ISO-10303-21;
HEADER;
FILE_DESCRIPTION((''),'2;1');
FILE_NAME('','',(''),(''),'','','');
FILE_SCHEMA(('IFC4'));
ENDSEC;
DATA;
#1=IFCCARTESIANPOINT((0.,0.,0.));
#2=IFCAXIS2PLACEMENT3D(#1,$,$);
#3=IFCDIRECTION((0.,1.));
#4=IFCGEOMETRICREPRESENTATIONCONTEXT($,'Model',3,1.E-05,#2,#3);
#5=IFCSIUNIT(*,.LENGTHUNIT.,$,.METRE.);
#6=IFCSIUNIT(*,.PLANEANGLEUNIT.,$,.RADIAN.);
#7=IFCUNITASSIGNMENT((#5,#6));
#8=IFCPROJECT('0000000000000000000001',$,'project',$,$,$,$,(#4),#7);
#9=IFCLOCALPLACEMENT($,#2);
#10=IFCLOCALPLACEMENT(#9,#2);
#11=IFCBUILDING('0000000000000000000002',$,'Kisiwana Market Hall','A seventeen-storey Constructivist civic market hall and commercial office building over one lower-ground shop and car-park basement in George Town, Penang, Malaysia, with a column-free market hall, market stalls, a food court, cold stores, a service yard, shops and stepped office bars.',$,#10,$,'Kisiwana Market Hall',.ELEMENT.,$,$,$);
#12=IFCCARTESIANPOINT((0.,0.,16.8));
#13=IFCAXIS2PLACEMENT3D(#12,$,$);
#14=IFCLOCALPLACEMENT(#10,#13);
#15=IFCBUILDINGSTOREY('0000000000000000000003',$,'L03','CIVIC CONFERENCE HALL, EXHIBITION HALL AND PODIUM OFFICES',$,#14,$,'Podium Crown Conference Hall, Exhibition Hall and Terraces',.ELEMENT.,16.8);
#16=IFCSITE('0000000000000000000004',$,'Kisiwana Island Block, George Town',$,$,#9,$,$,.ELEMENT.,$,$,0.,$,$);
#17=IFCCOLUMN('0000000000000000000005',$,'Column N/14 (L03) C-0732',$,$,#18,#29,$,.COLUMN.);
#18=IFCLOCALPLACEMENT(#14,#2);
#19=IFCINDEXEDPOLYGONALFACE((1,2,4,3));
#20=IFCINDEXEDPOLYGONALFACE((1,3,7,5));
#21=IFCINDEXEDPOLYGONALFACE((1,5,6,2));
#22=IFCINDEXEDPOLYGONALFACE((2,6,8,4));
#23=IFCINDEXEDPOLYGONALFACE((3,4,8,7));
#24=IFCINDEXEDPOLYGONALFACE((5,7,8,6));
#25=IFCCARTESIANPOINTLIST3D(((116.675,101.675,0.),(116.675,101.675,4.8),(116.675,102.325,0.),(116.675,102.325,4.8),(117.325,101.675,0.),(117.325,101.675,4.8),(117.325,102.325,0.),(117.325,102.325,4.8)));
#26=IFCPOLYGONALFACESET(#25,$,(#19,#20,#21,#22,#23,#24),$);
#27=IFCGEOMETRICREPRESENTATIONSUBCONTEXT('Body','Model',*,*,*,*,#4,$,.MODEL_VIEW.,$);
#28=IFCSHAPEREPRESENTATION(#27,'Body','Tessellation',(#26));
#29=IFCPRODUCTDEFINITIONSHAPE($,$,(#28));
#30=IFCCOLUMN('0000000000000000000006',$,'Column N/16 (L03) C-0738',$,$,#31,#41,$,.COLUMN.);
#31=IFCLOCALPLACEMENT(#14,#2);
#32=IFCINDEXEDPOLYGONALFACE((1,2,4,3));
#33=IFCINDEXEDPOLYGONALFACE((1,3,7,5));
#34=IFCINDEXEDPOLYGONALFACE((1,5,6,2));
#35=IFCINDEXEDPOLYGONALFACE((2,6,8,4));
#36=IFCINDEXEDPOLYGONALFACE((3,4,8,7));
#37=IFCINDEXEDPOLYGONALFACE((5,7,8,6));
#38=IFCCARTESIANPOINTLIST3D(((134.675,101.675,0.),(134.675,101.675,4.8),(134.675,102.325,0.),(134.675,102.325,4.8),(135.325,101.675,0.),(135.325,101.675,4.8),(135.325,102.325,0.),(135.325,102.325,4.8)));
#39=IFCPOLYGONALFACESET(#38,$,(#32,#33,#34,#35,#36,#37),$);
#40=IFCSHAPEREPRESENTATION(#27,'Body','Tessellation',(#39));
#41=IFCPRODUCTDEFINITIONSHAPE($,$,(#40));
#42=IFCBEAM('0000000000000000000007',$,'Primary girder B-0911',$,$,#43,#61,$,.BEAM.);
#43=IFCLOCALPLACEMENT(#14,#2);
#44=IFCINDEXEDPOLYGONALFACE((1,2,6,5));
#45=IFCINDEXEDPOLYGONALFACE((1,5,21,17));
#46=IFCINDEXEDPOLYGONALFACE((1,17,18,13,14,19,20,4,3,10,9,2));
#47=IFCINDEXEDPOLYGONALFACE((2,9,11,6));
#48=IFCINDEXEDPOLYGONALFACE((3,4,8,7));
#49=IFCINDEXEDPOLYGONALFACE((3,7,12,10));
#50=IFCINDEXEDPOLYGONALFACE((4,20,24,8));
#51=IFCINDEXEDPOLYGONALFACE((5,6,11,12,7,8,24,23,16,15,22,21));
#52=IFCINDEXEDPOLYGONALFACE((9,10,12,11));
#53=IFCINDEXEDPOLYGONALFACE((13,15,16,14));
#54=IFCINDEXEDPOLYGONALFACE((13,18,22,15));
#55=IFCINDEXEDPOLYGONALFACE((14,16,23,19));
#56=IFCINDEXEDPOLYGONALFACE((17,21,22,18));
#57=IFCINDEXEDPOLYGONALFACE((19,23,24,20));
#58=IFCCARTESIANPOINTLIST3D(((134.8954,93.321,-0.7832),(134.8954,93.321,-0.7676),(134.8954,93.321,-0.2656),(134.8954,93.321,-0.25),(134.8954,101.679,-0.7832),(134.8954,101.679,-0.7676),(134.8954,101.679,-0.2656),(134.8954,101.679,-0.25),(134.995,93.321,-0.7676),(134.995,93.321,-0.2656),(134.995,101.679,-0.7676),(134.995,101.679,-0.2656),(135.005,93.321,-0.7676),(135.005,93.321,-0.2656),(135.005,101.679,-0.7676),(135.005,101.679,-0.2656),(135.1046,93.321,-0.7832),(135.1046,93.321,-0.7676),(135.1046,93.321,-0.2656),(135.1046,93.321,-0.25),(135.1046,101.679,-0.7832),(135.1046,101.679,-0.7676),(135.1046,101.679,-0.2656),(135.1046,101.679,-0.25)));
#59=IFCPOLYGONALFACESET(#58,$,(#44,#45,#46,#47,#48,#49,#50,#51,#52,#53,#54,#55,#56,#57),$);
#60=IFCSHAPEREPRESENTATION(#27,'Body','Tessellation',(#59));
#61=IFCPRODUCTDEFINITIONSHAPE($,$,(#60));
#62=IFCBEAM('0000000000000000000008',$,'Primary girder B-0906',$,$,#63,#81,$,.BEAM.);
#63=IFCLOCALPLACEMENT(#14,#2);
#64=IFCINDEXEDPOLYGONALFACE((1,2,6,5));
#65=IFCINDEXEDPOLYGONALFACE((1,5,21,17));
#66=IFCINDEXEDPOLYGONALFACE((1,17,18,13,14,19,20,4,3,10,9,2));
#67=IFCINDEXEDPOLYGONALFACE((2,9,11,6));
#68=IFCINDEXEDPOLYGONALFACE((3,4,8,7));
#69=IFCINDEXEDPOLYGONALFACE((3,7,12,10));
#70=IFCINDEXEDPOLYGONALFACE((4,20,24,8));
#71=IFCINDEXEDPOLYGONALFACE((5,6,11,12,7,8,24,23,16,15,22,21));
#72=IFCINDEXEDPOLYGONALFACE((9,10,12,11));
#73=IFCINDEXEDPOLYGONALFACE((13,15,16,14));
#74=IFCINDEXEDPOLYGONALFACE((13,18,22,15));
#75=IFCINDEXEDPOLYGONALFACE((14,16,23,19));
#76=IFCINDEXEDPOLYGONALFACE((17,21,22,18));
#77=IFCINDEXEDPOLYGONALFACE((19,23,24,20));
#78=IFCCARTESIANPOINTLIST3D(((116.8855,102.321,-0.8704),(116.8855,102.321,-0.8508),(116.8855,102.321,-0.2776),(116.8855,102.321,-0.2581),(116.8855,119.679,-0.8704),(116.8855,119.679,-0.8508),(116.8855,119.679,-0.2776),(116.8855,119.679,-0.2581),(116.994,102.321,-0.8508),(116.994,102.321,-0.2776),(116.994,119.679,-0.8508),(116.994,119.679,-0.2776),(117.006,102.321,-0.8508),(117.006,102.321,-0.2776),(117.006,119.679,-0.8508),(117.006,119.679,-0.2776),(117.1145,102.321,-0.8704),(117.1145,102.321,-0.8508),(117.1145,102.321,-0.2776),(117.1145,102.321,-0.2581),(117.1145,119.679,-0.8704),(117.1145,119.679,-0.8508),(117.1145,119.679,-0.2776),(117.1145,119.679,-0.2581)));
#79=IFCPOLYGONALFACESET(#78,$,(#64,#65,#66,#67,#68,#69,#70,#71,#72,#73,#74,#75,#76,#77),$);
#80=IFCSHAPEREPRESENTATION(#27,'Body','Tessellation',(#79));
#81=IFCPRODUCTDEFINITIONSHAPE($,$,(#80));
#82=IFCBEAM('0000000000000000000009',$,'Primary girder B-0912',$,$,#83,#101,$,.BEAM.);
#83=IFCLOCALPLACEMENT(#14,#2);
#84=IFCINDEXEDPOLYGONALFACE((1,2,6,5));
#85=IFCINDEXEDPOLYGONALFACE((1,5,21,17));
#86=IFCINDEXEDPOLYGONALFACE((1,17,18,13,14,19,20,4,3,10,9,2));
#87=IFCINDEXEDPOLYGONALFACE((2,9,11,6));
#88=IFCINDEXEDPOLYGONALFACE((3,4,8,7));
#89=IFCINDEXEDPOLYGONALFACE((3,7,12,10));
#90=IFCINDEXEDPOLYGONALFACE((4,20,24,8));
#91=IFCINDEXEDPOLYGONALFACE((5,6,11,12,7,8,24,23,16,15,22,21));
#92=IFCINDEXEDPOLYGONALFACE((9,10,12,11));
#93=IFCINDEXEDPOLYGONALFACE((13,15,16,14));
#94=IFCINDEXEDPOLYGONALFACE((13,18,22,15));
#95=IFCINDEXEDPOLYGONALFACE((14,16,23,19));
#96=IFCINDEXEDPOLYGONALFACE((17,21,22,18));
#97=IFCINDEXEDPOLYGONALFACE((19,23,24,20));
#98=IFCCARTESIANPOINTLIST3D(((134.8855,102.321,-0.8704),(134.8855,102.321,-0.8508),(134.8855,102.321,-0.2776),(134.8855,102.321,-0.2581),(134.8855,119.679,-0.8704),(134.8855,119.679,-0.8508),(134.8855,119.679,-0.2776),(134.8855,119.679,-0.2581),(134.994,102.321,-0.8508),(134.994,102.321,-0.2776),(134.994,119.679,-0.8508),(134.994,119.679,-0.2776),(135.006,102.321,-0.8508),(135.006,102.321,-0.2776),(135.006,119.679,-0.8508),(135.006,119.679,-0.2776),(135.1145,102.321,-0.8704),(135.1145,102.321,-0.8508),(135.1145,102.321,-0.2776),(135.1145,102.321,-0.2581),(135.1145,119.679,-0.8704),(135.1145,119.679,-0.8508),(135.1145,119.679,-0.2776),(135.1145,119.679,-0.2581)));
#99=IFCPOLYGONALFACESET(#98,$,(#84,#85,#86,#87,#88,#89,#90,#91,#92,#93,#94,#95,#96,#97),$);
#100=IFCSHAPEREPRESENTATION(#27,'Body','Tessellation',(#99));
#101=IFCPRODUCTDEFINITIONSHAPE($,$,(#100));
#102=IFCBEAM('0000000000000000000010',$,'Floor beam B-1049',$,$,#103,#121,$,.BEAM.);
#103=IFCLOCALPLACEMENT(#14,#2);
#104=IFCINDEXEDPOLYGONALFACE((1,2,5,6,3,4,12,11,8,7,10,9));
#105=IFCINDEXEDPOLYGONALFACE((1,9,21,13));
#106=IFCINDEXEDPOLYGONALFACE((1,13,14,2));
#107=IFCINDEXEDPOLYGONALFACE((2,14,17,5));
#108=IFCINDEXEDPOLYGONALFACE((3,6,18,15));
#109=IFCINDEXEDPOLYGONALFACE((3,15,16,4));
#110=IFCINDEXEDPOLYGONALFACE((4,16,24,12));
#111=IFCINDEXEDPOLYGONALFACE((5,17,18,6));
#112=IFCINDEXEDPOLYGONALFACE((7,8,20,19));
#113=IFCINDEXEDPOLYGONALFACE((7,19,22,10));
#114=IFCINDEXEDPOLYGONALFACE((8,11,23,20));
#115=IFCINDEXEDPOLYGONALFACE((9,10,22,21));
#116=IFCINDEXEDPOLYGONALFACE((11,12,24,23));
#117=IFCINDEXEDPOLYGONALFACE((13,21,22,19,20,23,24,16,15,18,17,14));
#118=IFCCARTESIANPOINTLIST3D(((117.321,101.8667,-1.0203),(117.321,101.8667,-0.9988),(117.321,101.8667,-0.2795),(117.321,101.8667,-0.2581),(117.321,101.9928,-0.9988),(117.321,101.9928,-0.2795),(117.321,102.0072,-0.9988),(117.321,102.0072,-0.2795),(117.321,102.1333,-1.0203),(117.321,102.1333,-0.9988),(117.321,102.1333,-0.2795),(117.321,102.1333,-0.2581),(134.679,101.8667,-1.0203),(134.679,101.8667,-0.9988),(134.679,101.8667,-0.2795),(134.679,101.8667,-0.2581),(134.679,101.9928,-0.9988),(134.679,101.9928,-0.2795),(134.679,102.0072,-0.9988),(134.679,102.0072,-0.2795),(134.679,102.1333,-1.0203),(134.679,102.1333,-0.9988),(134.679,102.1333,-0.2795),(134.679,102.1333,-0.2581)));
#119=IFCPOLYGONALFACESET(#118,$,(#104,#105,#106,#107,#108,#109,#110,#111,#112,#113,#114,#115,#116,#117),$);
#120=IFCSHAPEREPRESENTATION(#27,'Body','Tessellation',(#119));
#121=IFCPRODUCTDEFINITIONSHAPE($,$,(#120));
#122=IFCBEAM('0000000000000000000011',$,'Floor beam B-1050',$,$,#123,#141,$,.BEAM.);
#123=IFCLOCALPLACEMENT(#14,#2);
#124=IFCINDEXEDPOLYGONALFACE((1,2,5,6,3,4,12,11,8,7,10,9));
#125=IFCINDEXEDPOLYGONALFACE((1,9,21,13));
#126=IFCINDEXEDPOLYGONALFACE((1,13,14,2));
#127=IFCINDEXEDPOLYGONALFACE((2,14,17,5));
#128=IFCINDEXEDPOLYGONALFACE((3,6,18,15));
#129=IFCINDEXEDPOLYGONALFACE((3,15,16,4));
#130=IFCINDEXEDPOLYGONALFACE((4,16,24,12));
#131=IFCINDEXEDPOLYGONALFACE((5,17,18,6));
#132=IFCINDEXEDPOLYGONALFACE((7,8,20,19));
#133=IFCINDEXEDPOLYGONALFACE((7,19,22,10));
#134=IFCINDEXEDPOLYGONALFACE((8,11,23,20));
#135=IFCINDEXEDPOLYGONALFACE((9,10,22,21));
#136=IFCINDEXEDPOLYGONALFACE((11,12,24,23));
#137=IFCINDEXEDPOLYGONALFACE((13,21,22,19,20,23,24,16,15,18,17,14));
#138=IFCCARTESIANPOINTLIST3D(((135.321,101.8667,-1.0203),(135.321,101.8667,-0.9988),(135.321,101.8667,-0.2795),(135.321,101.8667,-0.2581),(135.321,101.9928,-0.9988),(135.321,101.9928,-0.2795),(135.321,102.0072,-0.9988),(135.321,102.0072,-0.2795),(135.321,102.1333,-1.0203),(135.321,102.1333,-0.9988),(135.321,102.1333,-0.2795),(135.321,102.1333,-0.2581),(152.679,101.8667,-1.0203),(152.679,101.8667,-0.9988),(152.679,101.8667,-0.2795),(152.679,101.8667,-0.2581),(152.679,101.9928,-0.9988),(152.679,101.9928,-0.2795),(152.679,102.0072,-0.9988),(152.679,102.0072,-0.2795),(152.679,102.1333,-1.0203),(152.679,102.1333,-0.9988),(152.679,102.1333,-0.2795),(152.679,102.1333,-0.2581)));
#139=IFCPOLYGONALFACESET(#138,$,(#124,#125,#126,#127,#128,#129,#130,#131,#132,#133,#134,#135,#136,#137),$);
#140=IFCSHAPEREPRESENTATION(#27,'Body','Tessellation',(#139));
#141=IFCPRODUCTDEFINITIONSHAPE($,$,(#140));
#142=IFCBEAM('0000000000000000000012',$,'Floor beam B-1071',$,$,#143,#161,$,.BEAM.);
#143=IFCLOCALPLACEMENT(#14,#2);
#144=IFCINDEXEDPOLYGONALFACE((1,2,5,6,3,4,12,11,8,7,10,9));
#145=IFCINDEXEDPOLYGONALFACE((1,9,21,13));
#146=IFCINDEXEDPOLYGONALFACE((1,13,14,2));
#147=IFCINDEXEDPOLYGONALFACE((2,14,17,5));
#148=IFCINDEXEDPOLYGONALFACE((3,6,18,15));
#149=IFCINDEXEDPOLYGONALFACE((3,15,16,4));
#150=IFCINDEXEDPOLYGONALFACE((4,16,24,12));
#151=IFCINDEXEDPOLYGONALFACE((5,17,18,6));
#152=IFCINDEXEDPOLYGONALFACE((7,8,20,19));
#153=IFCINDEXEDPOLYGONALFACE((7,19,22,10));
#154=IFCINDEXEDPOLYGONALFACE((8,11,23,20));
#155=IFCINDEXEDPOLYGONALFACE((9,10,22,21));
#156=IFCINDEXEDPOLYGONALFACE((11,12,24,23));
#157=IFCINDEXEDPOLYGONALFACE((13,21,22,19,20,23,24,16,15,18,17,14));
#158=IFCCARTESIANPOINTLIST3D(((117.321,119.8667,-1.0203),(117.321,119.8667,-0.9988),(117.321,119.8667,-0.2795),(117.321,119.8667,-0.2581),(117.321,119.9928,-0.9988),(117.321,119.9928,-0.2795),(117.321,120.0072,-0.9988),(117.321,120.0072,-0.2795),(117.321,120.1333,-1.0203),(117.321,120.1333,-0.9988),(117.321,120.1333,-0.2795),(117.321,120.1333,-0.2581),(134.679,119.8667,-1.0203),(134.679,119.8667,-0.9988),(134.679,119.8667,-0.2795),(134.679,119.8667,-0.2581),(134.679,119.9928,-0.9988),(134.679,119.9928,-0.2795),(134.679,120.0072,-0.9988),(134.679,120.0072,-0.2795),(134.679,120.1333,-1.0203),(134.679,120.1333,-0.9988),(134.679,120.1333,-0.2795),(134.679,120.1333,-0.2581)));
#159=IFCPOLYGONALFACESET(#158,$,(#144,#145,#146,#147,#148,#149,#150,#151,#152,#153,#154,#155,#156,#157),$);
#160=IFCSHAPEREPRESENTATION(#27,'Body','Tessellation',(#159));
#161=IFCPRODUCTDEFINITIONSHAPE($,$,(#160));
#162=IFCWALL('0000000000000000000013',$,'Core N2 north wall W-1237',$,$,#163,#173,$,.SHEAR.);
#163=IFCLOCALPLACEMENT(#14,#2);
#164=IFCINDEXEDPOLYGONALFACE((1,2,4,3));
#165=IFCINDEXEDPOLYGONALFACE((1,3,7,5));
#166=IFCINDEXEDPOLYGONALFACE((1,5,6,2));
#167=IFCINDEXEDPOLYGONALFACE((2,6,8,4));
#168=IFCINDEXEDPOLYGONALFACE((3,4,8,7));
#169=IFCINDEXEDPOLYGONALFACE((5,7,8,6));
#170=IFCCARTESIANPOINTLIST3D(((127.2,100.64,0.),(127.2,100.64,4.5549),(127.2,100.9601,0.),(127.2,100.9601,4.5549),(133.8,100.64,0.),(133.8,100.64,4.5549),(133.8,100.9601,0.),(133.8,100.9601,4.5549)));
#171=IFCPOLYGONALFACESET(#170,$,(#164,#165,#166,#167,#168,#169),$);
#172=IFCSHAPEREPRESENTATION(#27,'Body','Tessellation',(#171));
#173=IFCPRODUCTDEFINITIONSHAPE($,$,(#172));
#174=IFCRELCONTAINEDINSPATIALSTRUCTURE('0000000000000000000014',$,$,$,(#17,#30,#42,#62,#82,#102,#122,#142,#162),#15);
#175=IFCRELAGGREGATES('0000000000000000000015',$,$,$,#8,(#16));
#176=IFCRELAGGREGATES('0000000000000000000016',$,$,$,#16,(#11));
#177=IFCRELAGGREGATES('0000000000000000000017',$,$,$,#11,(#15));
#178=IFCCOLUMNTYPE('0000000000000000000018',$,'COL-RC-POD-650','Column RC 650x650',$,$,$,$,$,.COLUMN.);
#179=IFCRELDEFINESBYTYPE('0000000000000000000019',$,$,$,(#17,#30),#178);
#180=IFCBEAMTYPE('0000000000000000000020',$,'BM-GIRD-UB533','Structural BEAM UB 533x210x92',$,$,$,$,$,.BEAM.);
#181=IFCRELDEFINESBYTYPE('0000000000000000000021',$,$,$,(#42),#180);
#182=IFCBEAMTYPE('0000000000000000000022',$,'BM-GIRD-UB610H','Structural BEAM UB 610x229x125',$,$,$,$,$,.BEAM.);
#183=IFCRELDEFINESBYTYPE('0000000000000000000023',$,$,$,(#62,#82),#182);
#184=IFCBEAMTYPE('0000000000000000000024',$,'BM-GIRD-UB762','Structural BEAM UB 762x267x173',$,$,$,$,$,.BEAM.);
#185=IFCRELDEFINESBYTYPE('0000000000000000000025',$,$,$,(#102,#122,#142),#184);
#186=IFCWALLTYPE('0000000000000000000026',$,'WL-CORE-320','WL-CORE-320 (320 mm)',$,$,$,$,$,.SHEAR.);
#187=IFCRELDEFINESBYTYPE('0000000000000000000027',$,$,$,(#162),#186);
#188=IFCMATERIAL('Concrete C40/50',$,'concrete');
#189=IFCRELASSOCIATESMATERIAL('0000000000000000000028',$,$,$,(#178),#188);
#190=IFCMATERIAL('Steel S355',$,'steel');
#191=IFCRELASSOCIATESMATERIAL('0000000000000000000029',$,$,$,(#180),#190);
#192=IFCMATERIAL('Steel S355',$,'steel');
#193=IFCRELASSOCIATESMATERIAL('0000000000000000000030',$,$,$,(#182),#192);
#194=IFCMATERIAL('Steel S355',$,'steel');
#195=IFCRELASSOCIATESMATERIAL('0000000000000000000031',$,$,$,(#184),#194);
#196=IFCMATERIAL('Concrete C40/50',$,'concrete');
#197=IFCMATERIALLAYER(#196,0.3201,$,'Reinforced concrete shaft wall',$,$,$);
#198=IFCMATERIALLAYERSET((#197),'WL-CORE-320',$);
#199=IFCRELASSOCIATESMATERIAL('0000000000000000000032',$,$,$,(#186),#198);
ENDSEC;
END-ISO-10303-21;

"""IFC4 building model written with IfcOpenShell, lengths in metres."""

from ifc_helpers import new_model, si_unit, direction, frame, frame_2d, origin, origin_2d, place, context, subcontext, project, spatial, rectangle, i_section, extrude, material, layer, layer_set, material_profile, profile_set, type_object, element, save


model = new_model("IFC4")

# Units and contexts
model_context = context("Model", 3, precision=1e-05, world=origin(), true_north=direction((0.0, 1.0)))
body_context = subcontext(model_context, "Body", "Model", "MODEL_VIEW")
ifc_project = project(units=[si_unit("LENGTHUNIT", "METRE"), si_unit("PLANEANGLEUNIT", "RADIAN")], contexts=[model_context])

# Site, building, storey
site_placement = place(None, origin())
site = spatial("IfcSite", under=ifc_project, at=site_placement, Name="Kisiwana Island Block, George Town", CompositionType="ELEMENT", RefElevation=0.0)
building_placement = place(site_placement, origin())
building = spatial("IfcBuilding", under=site, at=building_placement, Name="Kisiwana Market Hall", Description="A seventeen-storey Constructivist civic market hall and commercial office building over one lower-ground shop and car-park basement in George Town, Penang, Malaysia, with a column-free market hall, market stalls, a food court, cold stores, a service yard, shops and stepped office bars.", LongName="Kisiwana Market Hall", CompositionType="ELEMENT")
storey_placement = place(building_placement, frame((0.0, 0.0, 16.8)))
storey = spatial("IfcBuildingStorey", under=building, at=storey_placement, Name="L03", Description="CIVIC CONFERENCE HALL, EXHIBITION HALL AND PODIUM OFFICES", LongName="Podium Crown Conference Hall, Exhibition Hall and Terraces", CompositionType="ELEMENT", Elevation=16.8)

# Columns
ifc_material_1 = material(Name="Concrete C40/50", Category="concrete")
ifc_material_profile_1 = material_profile(ifc_material_1, rectangle(XDim=0.6499, YDim=0.6499, at=origin_2d()), Name="RC 650x650")
ifc_profile_set_1 = profile_set([ifc_material_profile_1], Name="Concrete C40/50")
column_type = type_object("IfcColumnType", Name="COL-RC-POD-650", Description="Column RC 650x650", PredefinedType="COLUMN", material=ifc_profile_set_1)
for number, where, z_axis, x_axis, name in (
    (1, (117.0, 102.0, 0.0), (0.0, 0.0, 1.0), (1.0, 0.0, 0.0), "Column N/14 (L03) C-0732"),
    (2, (135.0, 102.0, 0.0), (0.0, 0.0, 1.0), (1.0, 0.0, 0.0), "Column N/16 (L03) C-0738"),
):
    element("IfcColumn", number, at=place(storey_placement, frame(where, z_axis=z_axis, x_axis=x_axis)), inside=storey, type_object=column_type, Name=name, PredefinedType="COLUMN", context=body_context, shape_type="SweptSolid", body=[
        extrude(rectangle(XDim=0.6499, YDim=0.6499, at=origin_2d()), origin(), (0.0, 0.0, 1.0), 4.8),
    ])

# Beams
ifc_material_2 = material(Name="Steel S355", Category="steel")
ifc_material_profile_2 = material_profile(ifc_material_2, i_section(OverallWidth=0.2092, OverallDepth=0.5332, WebThickness=0.01, FlangeThickness=0.0156, at=origin_2d()), Name="UB 533x210x92")
ifc_profile_set_2 = profile_set([ifc_material_profile_2], Name="Steel S355")
beam_type_1 = type_object("IfcBeamType", Name="BM-GIRD-UB533", Description="Structural BEAM UB 533x210x92", PredefinedType="BEAM", material=ifc_profile_set_2)
beam_placement = place(storey_placement, frame((135.0, 93.321, -0.5166), z_axis=(0.0, 1.0, 0.0), x_axis=(-1.0, 0.0, 0.0)))
element("IfcBeam", 3, at=beam_placement, inside=storey, type_object=beam_type_1, Name="Primary girder B-0911", PredefinedType="BEAM", context=body_context, shape_type="SweptSolid", body=[
    extrude(i_section(OverallWidth=0.2092, OverallDepth=0.5332, WebThickness=0.01, FlangeThickness=0.0156, at=origin_2d()), origin(), (0.0, 0.0, 1.0), 8.3579),
])
ifc_material_3 = material(Name="Steel S355", Category="steel")
ifc_material_profile_3 = material_profile(ifc_material_3, i_section(OverallWidth=0.229, OverallDepth=0.6123, WebThickness=0.012, FlangeThickness=0.0195, at=origin_2d()), Name="UB 610x229x125")
ifc_profile_set_3 = profile_set([ifc_material_profile_3], Name="Steel S355")
beam_type_2 = type_object("IfcBeamType", Name="BM-GIRD-UB610H", Description="Structural BEAM UB 610x229x125", PredefinedType="BEAM", material=ifc_profile_set_3)
for number, where, z_axis, x_axis, name in (
    (4, (117.0, 102.321, -0.5642), (0.0, 1.0, 0.0), (-1.0, 0.0, 0.0), "Primary girder B-0906"),
    (5, (135.0, 102.321, -0.5642), (0.0, 1.0, 0.0), (-1.0, 0.0, 0.0), "Primary girder B-0912"),
):
    element("IfcBeam", number, at=place(storey_placement, frame(where, z_axis=z_axis, x_axis=x_axis)), inside=storey, type_object=beam_type_2, Name=name, PredefinedType="BEAM", context=body_context, shape_type="SweptSolid", body=[
        extrude(i_section(OverallWidth=0.229, OverallDepth=0.6123, WebThickness=0.012, FlangeThickness=0.0195, at=origin_2d()), origin(), (0.0, 0.0, 1.0), 17.3579),
    ])
ifc_material_4 = material(Name="Steel S355", Category="steel")
ifc_material_profile_4 = material_profile(ifc_material_4, i_section(OverallWidth=0.2666, OverallDepth=0.7622, WebThickness=0.0144, FlangeThickness=0.0215, at=origin_2d()), Name="UB 762x267x173")
ifc_profile_set_4 = profile_set([ifc_material_profile_4], Name="Steel S355")
beam_type_3 = type_object("IfcBeamType", Name="BM-GIRD-UB762", Description="Structural BEAM UB 762x267x173", PredefinedType="BEAM", material=ifc_profile_set_4)
for number, where, z_axis, x_axis, name in (
    (6, (117.321, 102.0, -0.6392), (1.0, 0.0, 0.0), (0.0, 1.0, 0.0), "Floor beam B-1049"),
    (7, (135.321, 102.0, -0.6392), (1.0, 0.0, 0.0), (0.0, 1.0, 0.0), "Floor beam B-1050"),
    (8, (117.321, 120.0, -0.6392), (1.0, 0.0, 0.0), (0.0, 1.0, 0.0), "Floor beam B-1071"),
):
    element("IfcBeam", number, at=place(storey_placement, frame(where, z_axis=z_axis, x_axis=x_axis)), inside=storey, type_object=beam_type_3, Name=name, PredefinedType="BEAM", context=body_context, shape_type="SweptSolid", body=[
        extrude(i_section(OverallWidth=0.2666, OverallDepth=0.7622, WebThickness=0.0144, FlangeThickness=0.0215, at=origin_2d()), origin(), (0.0, 0.0, 1.0), 17.3579),
    ])

# Wall
ifc_material_5 = material(Name="Concrete C40/50", Category="concrete")
ifc_layer_1 = layer(ifc_material_5, 0.3201, Name="Reinforced concrete shaft wall")
ifc_layer_set_1 = layer_set([ifc_layer_1], Name="WL-CORE-320")
wall_type_1 = type_object("IfcWallType", Name="WL-CORE-320", Description="WL-CORE-320 (320 mm)", PredefinedType="SHEAR", material=ifc_layer_set_1)
wall_1_placement = place(storey_placement, frame((127.2, 100.8, 0.0), z_axis=(0.0, 0.0, 1.0), x_axis=(1.0, 0.0, 0.0)))
element("IfcWall", 9, at=wall_1_placement, inside=storey, type_object=wall_type_1, Name="Core N2 north wall W-1237", PredefinedType="SHEAR", context=body_context, shape_type="SweptSolid", body=[
    extrude(rectangle(XDim=6.6001, YDim=0.3201, at=frame_2d((3.3, 0.0))), origin(), (0.0, 0.0, 1.0), 4.5549),
])

save(model, "model.ifc")
